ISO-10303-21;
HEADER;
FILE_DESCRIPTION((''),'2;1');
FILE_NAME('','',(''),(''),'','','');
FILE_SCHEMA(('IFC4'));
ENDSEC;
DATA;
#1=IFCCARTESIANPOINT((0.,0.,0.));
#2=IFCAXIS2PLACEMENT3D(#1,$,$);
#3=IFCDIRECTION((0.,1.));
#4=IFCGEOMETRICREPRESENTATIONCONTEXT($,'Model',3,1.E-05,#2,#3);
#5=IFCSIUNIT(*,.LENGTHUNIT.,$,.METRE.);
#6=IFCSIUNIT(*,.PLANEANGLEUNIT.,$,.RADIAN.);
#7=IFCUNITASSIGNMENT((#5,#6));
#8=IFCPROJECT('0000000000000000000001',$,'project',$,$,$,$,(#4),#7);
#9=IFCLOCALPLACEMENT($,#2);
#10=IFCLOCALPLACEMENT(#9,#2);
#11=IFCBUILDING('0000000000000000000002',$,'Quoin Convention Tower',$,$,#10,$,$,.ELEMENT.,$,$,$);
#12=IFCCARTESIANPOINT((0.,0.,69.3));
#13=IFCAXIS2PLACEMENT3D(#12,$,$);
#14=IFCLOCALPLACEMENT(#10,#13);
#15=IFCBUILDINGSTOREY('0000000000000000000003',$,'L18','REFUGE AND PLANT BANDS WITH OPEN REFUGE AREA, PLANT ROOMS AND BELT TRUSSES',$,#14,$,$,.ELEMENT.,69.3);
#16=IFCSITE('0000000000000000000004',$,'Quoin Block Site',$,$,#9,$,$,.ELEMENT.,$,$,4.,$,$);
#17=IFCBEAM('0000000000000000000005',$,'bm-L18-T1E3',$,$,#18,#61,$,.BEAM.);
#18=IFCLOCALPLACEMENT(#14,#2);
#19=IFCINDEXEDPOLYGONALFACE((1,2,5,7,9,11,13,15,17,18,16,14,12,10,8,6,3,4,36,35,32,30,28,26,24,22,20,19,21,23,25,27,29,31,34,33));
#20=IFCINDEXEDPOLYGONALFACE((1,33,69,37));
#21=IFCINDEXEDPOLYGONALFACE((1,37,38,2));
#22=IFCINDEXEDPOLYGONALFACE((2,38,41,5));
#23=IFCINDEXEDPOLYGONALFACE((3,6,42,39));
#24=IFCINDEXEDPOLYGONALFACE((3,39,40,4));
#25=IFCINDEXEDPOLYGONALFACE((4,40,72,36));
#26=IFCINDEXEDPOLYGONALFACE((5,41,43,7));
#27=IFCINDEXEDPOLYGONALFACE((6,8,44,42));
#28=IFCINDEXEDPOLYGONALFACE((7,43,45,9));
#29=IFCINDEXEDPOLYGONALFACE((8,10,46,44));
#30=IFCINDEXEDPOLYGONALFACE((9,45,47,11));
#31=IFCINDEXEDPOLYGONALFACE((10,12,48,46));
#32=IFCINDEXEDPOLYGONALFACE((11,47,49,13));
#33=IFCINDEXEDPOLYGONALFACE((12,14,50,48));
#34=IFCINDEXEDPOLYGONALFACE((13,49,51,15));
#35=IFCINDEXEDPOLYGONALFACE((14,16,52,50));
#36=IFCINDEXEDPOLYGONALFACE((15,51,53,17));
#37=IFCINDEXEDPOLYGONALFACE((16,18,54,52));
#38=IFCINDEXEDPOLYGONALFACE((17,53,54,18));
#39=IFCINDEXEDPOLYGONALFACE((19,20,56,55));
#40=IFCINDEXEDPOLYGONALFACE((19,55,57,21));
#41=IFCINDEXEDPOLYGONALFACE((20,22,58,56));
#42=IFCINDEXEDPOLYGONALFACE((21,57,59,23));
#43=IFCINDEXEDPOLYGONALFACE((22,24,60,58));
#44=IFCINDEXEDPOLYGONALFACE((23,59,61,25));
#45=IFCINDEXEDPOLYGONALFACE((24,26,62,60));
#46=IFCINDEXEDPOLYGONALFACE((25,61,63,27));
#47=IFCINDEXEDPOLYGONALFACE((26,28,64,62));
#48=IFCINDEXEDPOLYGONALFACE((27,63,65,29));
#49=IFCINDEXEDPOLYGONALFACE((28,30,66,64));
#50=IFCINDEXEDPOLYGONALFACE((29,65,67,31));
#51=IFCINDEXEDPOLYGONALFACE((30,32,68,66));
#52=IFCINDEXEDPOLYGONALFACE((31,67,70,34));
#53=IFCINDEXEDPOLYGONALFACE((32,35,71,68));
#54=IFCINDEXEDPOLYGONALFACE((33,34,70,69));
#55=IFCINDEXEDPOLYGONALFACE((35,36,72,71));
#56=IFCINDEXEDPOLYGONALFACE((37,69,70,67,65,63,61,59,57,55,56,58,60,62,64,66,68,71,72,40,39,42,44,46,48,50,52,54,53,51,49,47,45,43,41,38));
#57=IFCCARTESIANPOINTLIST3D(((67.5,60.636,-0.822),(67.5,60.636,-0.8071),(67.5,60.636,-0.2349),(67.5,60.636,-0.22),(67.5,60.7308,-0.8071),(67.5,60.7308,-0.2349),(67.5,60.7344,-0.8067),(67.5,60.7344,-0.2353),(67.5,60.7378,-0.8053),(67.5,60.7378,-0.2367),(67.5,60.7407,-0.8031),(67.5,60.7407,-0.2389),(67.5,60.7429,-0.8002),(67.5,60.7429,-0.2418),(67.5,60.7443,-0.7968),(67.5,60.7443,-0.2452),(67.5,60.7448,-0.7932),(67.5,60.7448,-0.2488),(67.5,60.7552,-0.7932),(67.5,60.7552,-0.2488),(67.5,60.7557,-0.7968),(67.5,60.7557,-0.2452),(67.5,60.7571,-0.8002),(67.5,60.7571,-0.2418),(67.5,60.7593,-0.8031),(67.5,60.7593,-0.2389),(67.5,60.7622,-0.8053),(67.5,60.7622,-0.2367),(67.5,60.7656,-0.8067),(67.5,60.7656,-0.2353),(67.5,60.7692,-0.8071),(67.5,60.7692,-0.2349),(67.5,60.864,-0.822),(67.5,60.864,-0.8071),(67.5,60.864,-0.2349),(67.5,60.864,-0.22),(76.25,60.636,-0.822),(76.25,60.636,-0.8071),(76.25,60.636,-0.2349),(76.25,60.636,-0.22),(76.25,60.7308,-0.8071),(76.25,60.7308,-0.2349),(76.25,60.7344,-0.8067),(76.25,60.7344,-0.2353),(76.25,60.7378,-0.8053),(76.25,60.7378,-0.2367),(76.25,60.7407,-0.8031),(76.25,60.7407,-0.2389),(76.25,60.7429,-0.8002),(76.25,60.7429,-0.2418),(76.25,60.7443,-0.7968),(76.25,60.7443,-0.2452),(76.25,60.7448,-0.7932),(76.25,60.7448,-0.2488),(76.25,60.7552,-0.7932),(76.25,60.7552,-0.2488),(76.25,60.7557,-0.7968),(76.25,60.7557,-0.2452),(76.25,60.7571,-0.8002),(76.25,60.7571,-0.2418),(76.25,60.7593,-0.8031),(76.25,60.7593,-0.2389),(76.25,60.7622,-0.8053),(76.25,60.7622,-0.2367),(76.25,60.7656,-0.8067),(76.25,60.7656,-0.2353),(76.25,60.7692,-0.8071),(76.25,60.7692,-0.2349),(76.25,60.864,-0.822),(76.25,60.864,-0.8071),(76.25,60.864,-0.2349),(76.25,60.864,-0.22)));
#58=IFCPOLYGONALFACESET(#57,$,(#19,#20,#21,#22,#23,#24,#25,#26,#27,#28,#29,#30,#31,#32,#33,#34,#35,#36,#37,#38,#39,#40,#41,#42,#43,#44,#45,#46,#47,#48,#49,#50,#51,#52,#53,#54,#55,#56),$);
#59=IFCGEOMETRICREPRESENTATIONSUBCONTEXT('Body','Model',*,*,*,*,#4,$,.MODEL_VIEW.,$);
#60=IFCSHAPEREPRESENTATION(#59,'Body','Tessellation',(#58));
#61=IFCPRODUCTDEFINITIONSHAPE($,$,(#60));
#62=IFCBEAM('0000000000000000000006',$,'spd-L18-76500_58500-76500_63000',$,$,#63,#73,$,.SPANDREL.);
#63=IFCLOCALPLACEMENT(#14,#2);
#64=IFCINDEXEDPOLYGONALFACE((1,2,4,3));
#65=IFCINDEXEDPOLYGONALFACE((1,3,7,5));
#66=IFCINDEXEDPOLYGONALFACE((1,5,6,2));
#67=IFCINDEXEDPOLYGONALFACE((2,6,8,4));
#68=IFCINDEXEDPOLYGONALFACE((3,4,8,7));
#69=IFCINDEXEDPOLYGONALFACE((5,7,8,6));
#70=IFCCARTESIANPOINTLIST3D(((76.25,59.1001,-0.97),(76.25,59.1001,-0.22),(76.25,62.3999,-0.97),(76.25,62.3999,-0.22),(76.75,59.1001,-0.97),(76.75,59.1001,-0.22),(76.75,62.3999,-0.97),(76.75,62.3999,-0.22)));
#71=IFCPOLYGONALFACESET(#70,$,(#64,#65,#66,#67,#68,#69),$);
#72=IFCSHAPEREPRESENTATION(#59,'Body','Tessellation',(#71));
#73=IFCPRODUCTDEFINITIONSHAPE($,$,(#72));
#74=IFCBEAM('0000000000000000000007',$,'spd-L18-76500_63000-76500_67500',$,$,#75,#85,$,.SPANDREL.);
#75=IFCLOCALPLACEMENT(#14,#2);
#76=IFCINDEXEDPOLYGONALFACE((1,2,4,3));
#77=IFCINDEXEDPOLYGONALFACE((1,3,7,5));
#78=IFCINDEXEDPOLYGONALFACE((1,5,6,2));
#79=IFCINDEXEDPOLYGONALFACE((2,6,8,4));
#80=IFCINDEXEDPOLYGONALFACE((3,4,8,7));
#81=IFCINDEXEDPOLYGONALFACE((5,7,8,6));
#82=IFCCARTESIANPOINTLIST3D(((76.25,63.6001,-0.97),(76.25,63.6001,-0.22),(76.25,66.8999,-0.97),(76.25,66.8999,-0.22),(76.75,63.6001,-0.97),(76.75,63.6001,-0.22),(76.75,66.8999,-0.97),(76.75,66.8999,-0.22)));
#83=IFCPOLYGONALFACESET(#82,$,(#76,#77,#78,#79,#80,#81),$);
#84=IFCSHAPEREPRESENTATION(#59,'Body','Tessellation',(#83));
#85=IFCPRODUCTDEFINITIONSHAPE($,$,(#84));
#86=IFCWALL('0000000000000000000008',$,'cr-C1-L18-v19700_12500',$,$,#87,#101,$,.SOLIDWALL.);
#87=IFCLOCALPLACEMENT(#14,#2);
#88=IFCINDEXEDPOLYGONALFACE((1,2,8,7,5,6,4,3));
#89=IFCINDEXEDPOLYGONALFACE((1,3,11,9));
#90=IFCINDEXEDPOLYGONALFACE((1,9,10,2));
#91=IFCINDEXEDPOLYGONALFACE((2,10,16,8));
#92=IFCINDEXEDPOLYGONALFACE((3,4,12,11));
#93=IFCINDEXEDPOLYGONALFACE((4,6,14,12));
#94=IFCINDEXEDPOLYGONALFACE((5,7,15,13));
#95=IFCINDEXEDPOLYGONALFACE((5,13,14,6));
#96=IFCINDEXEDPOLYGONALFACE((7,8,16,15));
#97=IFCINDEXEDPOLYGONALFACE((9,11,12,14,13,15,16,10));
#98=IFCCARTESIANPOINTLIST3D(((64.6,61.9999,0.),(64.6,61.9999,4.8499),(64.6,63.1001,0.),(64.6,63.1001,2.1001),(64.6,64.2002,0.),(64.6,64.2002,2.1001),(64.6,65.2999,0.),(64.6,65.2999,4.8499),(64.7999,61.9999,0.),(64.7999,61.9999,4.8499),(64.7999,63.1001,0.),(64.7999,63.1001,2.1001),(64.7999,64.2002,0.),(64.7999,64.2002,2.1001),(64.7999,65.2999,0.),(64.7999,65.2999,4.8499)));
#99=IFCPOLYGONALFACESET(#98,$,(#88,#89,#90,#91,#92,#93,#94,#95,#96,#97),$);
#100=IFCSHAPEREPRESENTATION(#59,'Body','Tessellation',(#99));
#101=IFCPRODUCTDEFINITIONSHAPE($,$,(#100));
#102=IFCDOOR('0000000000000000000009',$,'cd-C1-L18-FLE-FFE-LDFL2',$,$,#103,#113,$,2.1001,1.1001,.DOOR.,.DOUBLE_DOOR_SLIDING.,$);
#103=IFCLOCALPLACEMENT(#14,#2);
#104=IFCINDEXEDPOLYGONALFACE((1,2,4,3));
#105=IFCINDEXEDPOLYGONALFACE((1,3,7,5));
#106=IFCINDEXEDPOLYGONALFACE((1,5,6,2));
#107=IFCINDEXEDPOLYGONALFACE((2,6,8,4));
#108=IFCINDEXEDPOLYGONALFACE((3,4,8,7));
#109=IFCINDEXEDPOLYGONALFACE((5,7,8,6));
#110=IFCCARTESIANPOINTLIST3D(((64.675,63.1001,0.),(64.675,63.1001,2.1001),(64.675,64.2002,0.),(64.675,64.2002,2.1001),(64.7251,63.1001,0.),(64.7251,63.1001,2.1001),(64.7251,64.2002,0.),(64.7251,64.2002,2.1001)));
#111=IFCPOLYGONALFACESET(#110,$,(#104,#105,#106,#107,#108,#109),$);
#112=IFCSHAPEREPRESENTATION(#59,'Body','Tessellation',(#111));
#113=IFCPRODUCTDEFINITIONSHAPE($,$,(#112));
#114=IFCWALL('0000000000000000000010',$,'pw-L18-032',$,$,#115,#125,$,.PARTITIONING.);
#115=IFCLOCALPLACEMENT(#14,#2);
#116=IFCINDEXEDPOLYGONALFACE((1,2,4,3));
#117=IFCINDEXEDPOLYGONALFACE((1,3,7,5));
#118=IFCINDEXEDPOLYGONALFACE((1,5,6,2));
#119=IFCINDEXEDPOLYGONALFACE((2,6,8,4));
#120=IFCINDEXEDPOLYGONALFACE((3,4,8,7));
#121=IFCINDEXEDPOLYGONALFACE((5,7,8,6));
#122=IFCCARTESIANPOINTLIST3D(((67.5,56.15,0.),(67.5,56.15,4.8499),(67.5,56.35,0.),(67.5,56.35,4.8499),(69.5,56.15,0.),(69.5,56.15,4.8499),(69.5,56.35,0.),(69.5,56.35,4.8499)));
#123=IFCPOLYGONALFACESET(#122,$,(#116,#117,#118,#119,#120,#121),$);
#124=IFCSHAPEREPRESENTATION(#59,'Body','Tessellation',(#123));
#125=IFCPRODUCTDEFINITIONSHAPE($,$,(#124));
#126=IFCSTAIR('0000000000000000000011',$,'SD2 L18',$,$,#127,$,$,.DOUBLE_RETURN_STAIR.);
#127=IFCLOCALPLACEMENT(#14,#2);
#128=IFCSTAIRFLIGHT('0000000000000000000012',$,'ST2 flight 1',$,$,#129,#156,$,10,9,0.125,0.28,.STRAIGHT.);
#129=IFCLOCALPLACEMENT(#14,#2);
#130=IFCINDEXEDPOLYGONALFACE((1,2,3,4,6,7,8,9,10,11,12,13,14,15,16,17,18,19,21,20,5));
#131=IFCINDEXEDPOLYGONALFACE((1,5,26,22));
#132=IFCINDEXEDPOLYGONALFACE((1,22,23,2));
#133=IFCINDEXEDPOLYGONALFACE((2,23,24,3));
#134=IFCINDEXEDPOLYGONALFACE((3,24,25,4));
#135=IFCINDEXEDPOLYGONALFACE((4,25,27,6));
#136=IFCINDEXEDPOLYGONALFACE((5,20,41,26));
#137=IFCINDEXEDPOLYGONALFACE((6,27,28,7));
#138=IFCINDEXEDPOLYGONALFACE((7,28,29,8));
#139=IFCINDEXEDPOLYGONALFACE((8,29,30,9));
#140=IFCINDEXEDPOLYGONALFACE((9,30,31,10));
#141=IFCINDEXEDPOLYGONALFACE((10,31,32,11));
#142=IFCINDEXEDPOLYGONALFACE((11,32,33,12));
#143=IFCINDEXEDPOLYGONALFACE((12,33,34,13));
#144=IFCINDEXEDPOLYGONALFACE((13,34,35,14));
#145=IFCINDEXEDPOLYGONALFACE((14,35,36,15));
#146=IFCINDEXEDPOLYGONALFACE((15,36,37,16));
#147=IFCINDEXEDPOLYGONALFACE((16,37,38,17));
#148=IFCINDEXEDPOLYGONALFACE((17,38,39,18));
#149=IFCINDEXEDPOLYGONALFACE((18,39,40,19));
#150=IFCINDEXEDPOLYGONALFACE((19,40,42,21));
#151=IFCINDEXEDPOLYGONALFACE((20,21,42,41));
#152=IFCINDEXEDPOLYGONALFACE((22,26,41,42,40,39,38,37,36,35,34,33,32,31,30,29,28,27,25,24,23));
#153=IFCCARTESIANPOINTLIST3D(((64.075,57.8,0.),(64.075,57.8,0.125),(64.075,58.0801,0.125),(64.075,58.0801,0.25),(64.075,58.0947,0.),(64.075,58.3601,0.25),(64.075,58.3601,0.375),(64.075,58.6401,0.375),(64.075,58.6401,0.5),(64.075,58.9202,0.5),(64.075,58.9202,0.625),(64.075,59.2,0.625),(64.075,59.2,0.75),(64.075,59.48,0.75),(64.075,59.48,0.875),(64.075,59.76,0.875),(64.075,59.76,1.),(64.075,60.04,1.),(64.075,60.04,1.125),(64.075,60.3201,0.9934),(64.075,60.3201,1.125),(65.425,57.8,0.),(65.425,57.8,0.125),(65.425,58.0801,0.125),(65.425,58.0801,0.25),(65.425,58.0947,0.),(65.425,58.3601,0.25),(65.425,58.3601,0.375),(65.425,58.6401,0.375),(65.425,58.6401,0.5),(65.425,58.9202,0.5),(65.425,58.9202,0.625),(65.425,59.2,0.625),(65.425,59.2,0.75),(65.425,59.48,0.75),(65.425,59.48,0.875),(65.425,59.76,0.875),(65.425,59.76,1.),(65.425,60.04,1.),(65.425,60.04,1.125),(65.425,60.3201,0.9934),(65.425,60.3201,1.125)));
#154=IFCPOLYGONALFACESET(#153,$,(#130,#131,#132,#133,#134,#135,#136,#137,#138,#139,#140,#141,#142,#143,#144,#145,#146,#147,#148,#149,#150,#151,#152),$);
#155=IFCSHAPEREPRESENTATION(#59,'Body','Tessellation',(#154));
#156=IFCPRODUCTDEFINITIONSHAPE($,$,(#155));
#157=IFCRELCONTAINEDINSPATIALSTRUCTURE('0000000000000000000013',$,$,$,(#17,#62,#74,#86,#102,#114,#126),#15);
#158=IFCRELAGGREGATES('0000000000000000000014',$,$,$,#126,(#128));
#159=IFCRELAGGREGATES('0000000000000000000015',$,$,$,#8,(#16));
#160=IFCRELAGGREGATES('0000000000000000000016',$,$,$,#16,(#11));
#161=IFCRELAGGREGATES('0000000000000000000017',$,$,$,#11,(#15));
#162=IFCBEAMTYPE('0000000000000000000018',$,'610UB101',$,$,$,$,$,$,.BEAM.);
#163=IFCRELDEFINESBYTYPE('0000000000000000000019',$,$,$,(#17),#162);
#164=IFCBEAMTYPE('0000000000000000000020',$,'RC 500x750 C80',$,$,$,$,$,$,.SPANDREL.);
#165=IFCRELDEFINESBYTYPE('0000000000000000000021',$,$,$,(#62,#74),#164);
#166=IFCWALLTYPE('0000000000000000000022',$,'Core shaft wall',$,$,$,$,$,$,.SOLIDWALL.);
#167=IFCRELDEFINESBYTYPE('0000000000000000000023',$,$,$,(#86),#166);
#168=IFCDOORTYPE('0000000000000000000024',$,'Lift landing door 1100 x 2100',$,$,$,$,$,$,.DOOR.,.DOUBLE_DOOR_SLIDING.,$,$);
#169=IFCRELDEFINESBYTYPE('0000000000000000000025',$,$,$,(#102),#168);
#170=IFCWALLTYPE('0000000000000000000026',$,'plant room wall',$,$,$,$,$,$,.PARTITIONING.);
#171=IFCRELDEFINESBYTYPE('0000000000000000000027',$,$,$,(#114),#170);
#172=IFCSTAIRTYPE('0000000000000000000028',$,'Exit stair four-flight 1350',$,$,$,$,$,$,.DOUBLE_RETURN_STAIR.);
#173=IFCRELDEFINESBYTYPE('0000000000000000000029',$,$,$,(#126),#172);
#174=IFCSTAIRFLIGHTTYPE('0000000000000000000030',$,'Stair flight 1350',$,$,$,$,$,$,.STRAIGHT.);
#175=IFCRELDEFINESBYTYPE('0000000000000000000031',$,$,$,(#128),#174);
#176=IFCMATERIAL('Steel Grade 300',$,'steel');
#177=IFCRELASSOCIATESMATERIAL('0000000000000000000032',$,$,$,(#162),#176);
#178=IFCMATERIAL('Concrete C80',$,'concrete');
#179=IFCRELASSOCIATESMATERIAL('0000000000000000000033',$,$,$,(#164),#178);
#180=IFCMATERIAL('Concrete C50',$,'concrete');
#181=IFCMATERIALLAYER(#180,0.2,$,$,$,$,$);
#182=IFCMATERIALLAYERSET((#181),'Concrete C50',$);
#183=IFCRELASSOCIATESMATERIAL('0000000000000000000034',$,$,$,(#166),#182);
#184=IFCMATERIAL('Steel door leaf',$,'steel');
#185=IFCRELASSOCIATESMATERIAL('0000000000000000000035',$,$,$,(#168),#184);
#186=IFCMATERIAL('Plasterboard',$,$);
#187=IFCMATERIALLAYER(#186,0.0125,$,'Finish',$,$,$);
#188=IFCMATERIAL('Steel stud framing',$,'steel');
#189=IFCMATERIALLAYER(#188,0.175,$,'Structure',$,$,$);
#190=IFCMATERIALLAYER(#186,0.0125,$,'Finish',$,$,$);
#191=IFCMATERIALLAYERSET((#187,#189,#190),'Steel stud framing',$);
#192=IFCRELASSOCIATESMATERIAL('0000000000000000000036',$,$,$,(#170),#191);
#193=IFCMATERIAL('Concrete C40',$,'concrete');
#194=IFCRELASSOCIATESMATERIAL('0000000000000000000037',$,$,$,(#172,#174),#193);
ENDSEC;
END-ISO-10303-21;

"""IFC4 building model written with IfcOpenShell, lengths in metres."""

from ifc_helpers import new_model, si_unit, direction, frame, frame_2d, origin, origin_2d, place, context, subcontext, project, spatial, polyline, rectangle, i_section, outline, extrude, material, layer, layer_set, material_profile, profile_set, type_object, element, fill, aggregate, save


model = new_model("IFC4")

# Units and contexts
model_context = context("Model", 3, precision=1e-05, world=origin(), true_north=direction((0.0, 1.0)))
body_context = subcontext(model_context, "Body", "Model", "MODEL_VIEW")
ifc_project = project(units=[si_unit("LENGTHUNIT", "METRE"), si_unit("PLANEANGLEUNIT", "RADIAN")], contexts=[model_context])

# Site, building, storey
site_placement = place(None, origin())
site = spatial("IfcSite", under=ifc_project, at=site_placement, Name="Quoin Block Site", CompositionType="ELEMENT", RefElevation=4.0)
building_placement = place(site_placement, origin())
building = spatial("IfcBuilding", under=site, at=building_placement, Name="Quoin Convention Tower", CompositionType="ELEMENT")
storey_placement = place(building_placement, frame((0.0, 0.0, 69.3)))
storey = spatial("IfcBuildingStorey", under=building, at=storey_placement, Name="L18", Description="REFUGE AND PLANT BANDS WITH OPEN REFUGE AREA, PLANT ROOMS AND BELT TRUSSES", CompositionType="ELEMENT", Elevation=69.3)

# Shared definitions
ifc_material_1 = material(Name="Concrete C80", Category="concrete")

# Shared definitions
ifc_material_2 = material(Name="Steel Grade 300", Category="steel")

# Beams
ifc_material_profile_1 = material_profile(ifc_material_2, i_section(OverallWidth=0.228, OverallDepth=0.6021, WebThickness=0.0105, FlangeThickness=0.0149, FilletRadius=0.0139, at=origin_2d()), Name="610UB101")
ifc_profile_set_1 = profile_set([ifc_material_profile_1], Name="Steel Grade 300")
beam_type_1 = type_object("IfcBeamType", Name="610UB101", PredefinedType="BEAM", material=ifc_profile_set_1)
for number, where, z_axis, x_axis, name in (
    (1, (67.5, 60.75, -0.521), (1.0, 0.0, 0.0), (0.0, 1.0, 0.0), "bm-L18-T1E3"),
):
    element("IfcBeam", number, at=place(storey_placement, frame(where, z_axis=z_axis, x_axis=x_axis)), inside=storey, type_object=beam_type_1, Name=name, PredefinedType="BEAM", context=body_context, shape_type="SweptSolid", body=[
        extrude(i_section(OverallWidth=0.228, OverallDepth=0.6021, WebThickness=0.0105, FlangeThickness=0.0149, FilletRadius=0.0139, at=origin_2d()), origin(), (0.0, 0.0, 1.0), 8.75),
    ])
ifc_material_profile_2 = material_profile(ifc_material_1, rectangle(XDim=0.5, YDim=0.75, at=origin_2d()), Name="RC 500x750")
ifc_profile_set_2 = profile_set([ifc_material_profile_2], Name="Concrete C80")
beam_type_2 = type_object("IfcBeamType", Name="RC 500x750 C80", PredefinedType="SPANDREL", material=ifc_profile_set_2)
for number, where, z_axis, x_axis, name in (
    (2, (76.5, 59.1001, -0.595), (0.0, 1.0, 0.0), (-1.0, 0.0, 0.0), "spd-L18-76500_58500-76500_63000"),
    (3, (76.5, 63.6001, -0.595), (0.0, 1.0, 0.0), (-1.0, 0.0, 0.0), "spd-L18-76500_63000-76500_67500"),
):
    element("IfcBeam", number, at=place(storey_placement, frame(where, z_axis=z_axis, x_axis=x_axis)), inside=storey, type_object=beam_type_2, Name=name, PredefinedType="SPANDREL", context=body_context, shape_type="SweptSolid", body=[
        extrude(rectangle(XDim=0.5, YDim=0.75, at=origin_2d()), origin(), (0.0, 0.0, 1.0), 3.2998),
    ])

# Wall, opening, door
ifc_material_3 = material(Name="Concrete C50", Category="concrete")
ifc_layer_1 = layer(ifc_material_3, 0.2)
ifc_layer_set_1 = layer_set([ifc_layer_1], Name="Concrete C50")
wall_type_1 = type_object("IfcWallType", Name="Core shaft wall", PredefinedType="SOLIDWALL", material=ifc_layer_set_1)
wall_1_placement = place(storey_placement, frame((64.7, 62.0, 0.0), z_axis=(0.0, 0.0, 1.0), x_axis=(0.0, 1.0, 0.0)))
wall_1 = element("IfcWall", 4, at=wall_1_placement, inside=storey, type_object=wall_type_1, Name="cr-C1-L18-v19700_12500", PredefinedType="SOLIDWALL", context=body_context, shape_type="SweptSolid", body=[
    extrude(rectangle(XDim=3.3, YDim=0.2, at=frame_2d((1.6499, 0.0))), origin(), (0.0, 0.0, 1.0), 4.8499),
])
opening_placement = place(wall_1_placement, frame((1.1001, 0.0, 0.0)))
opening = element("IfcOpeningElement", 5, at=opening_placement, cuts=wall_1, PredefinedType="OPENING", context=body_context, shape_type="SweptSolid", body=[
    extrude(rectangle(XDim=1.1001, YDim=2.1001, at=frame_2d((0.55, 1.05))), frame((0.0, 0.1099, 0.0), z_axis=(0.0, -1.0, 0.0), x_axis=(1.0, 0.0, 0.0)), (0.0, 0.0, 1.0), 0.22),
])
ifc_material_4 = material(Name="Steel door leaf", Category="steel")
door_type = type_object("IfcDoorType", Name="Lift landing door 1100 x 2100", OperationType="DOUBLE_DOOR_SLIDING", PredefinedType="DOOR", material=ifc_material_4)
door_placement = place(opening_placement, origin())
door = element("IfcDoor", 6, at=door_placement, inside=storey, type_object=door_type, Name="cd-C1-L18-FLE-FFE-LDFL2", OperationType="DOUBLE_DOOR_SLIDING", OverallHeight=2.1001, OverallWidth=1.1001, PredefinedType="DOOR", context=body_context, shape_type="SweptSolid", body=[
    extrude(rectangle(XDim=1.1001, YDim=2.1001, at=frame_2d((0.55, 1.05))), frame((0.0, 0.0249, 0.0), z_axis=(0.0, -1.0, 0.0), x_axis=(1.0, 0.0, 0.0)), (0.0, 0.0, 1.0), 0.05),
])
fill(opening, door)

# Wall
ifc_material_5 = material(Name="Plasterboard")
ifc_layer_2 = layer(ifc_material_5, 0.0125, Name="Finish")
ifc_material_6 = material(Name="Steel stud framing", Category="steel")
ifc_layer_3 = layer(ifc_material_6, 0.175, Name="Structure")
ifc_layer_4 = layer(ifc_material_5, 0.0125, Name="Finish")
ifc_layer_set_2 = layer_set([ifc_layer_2, ifc_layer_3, ifc_layer_4], Name="Steel stud framing")
wall_type_2 = type_object("IfcWallType", Name="plant room wall", PredefinedType="PARTITIONING", material=ifc_layer_set_2)
wall_2_placement = place(storey_placement, frame((67.5, 56.25, 0.0), z_axis=(0.0, 0.0, 1.0), x_axis=(1.0, 0.0, 0.0)))
element("IfcWall", 7, at=wall_2_placement, inside=storey, type_object=wall_type_2, Name="pw-L18-032", PredefinedType="PARTITIONING", context=body_context, shape_type="SweptSolid", body=[
    extrude(rectangle(XDim=2.0, YDim=0.2, at=frame_2d((1.0, 0.0))), origin(), (0.0, 0.0, 1.0), 4.8499),
])

# Stair, stair flight
ifc_material_7 = material(Name="Concrete C40", Category="concrete")
stair_type = type_object("IfcStairType", Name="Exit stair four-flight 1350", PredefinedType="DOUBLE_RETURN_STAIR", material=ifc_material_7)
stair_placement = place(storey_placement, origin())
stair = element("IfcStair", 8, at=stair_placement, inside=storey, type_object=stair_type, Name="SD2 L18", PredefinedType="DOUBLE_RETURN_STAIR")
stair_flight_type = type_object("IfcStairFlightType", Name="Stair flight 1350", PredefinedType="STRAIGHT", material=ifc_material_7)
stair_flight_1_placement = place(storey_placement, frame((64.75, 57.8, 0.0), z_axis=(0.0, 0.0, 1.0), x_axis=(0.0, 1.0, 0.0)))
stair_flight_1 = element("IfcStairFlight", 9, at=stair_flight_1_placement, type_object=stair_flight_type, Name="ST2 flight 1", NumberOfRisers=10, NumberOfTreads=9, PredefinedType="STRAIGHT", RiserHeight=0.125, TreadLength=0.28, context=body_context, shape_type="SweptSolid", body=[
    extrude(outline(polyline([(0.0, 0.0), (0.0, 0.125), (0.28, 0.125), (0.28, 0.25), (0.5601, 0.25), (0.5601, 0.375), (0.8401, 0.375), (0.8401, 0.5), (1.1201, 0.5), (1.1201, 0.625), (1.3999, 0.625), (1.3999, 0.75), (1.6799, 0.75), (1.6799, 0.875), (1.96, 0.875), (1.96, 1.0), (2.24, 1.0), (2.24, 1.125), (2.52, 1.125), (2.52, 1.25), (2.52, 0.9934), (0.2947, 0.0), (0.0, 0.0)])), frame((0.0, 0.675, 0.0), z_axis=(0.0, -1.0, 0.0), x_axis=(1.0, 0.0, 0.0)), (0.0, 0.0, 1.0), 1.3501),
])
aggregate(stair, [stair_flight_1])

save(model, "model.ifc")
